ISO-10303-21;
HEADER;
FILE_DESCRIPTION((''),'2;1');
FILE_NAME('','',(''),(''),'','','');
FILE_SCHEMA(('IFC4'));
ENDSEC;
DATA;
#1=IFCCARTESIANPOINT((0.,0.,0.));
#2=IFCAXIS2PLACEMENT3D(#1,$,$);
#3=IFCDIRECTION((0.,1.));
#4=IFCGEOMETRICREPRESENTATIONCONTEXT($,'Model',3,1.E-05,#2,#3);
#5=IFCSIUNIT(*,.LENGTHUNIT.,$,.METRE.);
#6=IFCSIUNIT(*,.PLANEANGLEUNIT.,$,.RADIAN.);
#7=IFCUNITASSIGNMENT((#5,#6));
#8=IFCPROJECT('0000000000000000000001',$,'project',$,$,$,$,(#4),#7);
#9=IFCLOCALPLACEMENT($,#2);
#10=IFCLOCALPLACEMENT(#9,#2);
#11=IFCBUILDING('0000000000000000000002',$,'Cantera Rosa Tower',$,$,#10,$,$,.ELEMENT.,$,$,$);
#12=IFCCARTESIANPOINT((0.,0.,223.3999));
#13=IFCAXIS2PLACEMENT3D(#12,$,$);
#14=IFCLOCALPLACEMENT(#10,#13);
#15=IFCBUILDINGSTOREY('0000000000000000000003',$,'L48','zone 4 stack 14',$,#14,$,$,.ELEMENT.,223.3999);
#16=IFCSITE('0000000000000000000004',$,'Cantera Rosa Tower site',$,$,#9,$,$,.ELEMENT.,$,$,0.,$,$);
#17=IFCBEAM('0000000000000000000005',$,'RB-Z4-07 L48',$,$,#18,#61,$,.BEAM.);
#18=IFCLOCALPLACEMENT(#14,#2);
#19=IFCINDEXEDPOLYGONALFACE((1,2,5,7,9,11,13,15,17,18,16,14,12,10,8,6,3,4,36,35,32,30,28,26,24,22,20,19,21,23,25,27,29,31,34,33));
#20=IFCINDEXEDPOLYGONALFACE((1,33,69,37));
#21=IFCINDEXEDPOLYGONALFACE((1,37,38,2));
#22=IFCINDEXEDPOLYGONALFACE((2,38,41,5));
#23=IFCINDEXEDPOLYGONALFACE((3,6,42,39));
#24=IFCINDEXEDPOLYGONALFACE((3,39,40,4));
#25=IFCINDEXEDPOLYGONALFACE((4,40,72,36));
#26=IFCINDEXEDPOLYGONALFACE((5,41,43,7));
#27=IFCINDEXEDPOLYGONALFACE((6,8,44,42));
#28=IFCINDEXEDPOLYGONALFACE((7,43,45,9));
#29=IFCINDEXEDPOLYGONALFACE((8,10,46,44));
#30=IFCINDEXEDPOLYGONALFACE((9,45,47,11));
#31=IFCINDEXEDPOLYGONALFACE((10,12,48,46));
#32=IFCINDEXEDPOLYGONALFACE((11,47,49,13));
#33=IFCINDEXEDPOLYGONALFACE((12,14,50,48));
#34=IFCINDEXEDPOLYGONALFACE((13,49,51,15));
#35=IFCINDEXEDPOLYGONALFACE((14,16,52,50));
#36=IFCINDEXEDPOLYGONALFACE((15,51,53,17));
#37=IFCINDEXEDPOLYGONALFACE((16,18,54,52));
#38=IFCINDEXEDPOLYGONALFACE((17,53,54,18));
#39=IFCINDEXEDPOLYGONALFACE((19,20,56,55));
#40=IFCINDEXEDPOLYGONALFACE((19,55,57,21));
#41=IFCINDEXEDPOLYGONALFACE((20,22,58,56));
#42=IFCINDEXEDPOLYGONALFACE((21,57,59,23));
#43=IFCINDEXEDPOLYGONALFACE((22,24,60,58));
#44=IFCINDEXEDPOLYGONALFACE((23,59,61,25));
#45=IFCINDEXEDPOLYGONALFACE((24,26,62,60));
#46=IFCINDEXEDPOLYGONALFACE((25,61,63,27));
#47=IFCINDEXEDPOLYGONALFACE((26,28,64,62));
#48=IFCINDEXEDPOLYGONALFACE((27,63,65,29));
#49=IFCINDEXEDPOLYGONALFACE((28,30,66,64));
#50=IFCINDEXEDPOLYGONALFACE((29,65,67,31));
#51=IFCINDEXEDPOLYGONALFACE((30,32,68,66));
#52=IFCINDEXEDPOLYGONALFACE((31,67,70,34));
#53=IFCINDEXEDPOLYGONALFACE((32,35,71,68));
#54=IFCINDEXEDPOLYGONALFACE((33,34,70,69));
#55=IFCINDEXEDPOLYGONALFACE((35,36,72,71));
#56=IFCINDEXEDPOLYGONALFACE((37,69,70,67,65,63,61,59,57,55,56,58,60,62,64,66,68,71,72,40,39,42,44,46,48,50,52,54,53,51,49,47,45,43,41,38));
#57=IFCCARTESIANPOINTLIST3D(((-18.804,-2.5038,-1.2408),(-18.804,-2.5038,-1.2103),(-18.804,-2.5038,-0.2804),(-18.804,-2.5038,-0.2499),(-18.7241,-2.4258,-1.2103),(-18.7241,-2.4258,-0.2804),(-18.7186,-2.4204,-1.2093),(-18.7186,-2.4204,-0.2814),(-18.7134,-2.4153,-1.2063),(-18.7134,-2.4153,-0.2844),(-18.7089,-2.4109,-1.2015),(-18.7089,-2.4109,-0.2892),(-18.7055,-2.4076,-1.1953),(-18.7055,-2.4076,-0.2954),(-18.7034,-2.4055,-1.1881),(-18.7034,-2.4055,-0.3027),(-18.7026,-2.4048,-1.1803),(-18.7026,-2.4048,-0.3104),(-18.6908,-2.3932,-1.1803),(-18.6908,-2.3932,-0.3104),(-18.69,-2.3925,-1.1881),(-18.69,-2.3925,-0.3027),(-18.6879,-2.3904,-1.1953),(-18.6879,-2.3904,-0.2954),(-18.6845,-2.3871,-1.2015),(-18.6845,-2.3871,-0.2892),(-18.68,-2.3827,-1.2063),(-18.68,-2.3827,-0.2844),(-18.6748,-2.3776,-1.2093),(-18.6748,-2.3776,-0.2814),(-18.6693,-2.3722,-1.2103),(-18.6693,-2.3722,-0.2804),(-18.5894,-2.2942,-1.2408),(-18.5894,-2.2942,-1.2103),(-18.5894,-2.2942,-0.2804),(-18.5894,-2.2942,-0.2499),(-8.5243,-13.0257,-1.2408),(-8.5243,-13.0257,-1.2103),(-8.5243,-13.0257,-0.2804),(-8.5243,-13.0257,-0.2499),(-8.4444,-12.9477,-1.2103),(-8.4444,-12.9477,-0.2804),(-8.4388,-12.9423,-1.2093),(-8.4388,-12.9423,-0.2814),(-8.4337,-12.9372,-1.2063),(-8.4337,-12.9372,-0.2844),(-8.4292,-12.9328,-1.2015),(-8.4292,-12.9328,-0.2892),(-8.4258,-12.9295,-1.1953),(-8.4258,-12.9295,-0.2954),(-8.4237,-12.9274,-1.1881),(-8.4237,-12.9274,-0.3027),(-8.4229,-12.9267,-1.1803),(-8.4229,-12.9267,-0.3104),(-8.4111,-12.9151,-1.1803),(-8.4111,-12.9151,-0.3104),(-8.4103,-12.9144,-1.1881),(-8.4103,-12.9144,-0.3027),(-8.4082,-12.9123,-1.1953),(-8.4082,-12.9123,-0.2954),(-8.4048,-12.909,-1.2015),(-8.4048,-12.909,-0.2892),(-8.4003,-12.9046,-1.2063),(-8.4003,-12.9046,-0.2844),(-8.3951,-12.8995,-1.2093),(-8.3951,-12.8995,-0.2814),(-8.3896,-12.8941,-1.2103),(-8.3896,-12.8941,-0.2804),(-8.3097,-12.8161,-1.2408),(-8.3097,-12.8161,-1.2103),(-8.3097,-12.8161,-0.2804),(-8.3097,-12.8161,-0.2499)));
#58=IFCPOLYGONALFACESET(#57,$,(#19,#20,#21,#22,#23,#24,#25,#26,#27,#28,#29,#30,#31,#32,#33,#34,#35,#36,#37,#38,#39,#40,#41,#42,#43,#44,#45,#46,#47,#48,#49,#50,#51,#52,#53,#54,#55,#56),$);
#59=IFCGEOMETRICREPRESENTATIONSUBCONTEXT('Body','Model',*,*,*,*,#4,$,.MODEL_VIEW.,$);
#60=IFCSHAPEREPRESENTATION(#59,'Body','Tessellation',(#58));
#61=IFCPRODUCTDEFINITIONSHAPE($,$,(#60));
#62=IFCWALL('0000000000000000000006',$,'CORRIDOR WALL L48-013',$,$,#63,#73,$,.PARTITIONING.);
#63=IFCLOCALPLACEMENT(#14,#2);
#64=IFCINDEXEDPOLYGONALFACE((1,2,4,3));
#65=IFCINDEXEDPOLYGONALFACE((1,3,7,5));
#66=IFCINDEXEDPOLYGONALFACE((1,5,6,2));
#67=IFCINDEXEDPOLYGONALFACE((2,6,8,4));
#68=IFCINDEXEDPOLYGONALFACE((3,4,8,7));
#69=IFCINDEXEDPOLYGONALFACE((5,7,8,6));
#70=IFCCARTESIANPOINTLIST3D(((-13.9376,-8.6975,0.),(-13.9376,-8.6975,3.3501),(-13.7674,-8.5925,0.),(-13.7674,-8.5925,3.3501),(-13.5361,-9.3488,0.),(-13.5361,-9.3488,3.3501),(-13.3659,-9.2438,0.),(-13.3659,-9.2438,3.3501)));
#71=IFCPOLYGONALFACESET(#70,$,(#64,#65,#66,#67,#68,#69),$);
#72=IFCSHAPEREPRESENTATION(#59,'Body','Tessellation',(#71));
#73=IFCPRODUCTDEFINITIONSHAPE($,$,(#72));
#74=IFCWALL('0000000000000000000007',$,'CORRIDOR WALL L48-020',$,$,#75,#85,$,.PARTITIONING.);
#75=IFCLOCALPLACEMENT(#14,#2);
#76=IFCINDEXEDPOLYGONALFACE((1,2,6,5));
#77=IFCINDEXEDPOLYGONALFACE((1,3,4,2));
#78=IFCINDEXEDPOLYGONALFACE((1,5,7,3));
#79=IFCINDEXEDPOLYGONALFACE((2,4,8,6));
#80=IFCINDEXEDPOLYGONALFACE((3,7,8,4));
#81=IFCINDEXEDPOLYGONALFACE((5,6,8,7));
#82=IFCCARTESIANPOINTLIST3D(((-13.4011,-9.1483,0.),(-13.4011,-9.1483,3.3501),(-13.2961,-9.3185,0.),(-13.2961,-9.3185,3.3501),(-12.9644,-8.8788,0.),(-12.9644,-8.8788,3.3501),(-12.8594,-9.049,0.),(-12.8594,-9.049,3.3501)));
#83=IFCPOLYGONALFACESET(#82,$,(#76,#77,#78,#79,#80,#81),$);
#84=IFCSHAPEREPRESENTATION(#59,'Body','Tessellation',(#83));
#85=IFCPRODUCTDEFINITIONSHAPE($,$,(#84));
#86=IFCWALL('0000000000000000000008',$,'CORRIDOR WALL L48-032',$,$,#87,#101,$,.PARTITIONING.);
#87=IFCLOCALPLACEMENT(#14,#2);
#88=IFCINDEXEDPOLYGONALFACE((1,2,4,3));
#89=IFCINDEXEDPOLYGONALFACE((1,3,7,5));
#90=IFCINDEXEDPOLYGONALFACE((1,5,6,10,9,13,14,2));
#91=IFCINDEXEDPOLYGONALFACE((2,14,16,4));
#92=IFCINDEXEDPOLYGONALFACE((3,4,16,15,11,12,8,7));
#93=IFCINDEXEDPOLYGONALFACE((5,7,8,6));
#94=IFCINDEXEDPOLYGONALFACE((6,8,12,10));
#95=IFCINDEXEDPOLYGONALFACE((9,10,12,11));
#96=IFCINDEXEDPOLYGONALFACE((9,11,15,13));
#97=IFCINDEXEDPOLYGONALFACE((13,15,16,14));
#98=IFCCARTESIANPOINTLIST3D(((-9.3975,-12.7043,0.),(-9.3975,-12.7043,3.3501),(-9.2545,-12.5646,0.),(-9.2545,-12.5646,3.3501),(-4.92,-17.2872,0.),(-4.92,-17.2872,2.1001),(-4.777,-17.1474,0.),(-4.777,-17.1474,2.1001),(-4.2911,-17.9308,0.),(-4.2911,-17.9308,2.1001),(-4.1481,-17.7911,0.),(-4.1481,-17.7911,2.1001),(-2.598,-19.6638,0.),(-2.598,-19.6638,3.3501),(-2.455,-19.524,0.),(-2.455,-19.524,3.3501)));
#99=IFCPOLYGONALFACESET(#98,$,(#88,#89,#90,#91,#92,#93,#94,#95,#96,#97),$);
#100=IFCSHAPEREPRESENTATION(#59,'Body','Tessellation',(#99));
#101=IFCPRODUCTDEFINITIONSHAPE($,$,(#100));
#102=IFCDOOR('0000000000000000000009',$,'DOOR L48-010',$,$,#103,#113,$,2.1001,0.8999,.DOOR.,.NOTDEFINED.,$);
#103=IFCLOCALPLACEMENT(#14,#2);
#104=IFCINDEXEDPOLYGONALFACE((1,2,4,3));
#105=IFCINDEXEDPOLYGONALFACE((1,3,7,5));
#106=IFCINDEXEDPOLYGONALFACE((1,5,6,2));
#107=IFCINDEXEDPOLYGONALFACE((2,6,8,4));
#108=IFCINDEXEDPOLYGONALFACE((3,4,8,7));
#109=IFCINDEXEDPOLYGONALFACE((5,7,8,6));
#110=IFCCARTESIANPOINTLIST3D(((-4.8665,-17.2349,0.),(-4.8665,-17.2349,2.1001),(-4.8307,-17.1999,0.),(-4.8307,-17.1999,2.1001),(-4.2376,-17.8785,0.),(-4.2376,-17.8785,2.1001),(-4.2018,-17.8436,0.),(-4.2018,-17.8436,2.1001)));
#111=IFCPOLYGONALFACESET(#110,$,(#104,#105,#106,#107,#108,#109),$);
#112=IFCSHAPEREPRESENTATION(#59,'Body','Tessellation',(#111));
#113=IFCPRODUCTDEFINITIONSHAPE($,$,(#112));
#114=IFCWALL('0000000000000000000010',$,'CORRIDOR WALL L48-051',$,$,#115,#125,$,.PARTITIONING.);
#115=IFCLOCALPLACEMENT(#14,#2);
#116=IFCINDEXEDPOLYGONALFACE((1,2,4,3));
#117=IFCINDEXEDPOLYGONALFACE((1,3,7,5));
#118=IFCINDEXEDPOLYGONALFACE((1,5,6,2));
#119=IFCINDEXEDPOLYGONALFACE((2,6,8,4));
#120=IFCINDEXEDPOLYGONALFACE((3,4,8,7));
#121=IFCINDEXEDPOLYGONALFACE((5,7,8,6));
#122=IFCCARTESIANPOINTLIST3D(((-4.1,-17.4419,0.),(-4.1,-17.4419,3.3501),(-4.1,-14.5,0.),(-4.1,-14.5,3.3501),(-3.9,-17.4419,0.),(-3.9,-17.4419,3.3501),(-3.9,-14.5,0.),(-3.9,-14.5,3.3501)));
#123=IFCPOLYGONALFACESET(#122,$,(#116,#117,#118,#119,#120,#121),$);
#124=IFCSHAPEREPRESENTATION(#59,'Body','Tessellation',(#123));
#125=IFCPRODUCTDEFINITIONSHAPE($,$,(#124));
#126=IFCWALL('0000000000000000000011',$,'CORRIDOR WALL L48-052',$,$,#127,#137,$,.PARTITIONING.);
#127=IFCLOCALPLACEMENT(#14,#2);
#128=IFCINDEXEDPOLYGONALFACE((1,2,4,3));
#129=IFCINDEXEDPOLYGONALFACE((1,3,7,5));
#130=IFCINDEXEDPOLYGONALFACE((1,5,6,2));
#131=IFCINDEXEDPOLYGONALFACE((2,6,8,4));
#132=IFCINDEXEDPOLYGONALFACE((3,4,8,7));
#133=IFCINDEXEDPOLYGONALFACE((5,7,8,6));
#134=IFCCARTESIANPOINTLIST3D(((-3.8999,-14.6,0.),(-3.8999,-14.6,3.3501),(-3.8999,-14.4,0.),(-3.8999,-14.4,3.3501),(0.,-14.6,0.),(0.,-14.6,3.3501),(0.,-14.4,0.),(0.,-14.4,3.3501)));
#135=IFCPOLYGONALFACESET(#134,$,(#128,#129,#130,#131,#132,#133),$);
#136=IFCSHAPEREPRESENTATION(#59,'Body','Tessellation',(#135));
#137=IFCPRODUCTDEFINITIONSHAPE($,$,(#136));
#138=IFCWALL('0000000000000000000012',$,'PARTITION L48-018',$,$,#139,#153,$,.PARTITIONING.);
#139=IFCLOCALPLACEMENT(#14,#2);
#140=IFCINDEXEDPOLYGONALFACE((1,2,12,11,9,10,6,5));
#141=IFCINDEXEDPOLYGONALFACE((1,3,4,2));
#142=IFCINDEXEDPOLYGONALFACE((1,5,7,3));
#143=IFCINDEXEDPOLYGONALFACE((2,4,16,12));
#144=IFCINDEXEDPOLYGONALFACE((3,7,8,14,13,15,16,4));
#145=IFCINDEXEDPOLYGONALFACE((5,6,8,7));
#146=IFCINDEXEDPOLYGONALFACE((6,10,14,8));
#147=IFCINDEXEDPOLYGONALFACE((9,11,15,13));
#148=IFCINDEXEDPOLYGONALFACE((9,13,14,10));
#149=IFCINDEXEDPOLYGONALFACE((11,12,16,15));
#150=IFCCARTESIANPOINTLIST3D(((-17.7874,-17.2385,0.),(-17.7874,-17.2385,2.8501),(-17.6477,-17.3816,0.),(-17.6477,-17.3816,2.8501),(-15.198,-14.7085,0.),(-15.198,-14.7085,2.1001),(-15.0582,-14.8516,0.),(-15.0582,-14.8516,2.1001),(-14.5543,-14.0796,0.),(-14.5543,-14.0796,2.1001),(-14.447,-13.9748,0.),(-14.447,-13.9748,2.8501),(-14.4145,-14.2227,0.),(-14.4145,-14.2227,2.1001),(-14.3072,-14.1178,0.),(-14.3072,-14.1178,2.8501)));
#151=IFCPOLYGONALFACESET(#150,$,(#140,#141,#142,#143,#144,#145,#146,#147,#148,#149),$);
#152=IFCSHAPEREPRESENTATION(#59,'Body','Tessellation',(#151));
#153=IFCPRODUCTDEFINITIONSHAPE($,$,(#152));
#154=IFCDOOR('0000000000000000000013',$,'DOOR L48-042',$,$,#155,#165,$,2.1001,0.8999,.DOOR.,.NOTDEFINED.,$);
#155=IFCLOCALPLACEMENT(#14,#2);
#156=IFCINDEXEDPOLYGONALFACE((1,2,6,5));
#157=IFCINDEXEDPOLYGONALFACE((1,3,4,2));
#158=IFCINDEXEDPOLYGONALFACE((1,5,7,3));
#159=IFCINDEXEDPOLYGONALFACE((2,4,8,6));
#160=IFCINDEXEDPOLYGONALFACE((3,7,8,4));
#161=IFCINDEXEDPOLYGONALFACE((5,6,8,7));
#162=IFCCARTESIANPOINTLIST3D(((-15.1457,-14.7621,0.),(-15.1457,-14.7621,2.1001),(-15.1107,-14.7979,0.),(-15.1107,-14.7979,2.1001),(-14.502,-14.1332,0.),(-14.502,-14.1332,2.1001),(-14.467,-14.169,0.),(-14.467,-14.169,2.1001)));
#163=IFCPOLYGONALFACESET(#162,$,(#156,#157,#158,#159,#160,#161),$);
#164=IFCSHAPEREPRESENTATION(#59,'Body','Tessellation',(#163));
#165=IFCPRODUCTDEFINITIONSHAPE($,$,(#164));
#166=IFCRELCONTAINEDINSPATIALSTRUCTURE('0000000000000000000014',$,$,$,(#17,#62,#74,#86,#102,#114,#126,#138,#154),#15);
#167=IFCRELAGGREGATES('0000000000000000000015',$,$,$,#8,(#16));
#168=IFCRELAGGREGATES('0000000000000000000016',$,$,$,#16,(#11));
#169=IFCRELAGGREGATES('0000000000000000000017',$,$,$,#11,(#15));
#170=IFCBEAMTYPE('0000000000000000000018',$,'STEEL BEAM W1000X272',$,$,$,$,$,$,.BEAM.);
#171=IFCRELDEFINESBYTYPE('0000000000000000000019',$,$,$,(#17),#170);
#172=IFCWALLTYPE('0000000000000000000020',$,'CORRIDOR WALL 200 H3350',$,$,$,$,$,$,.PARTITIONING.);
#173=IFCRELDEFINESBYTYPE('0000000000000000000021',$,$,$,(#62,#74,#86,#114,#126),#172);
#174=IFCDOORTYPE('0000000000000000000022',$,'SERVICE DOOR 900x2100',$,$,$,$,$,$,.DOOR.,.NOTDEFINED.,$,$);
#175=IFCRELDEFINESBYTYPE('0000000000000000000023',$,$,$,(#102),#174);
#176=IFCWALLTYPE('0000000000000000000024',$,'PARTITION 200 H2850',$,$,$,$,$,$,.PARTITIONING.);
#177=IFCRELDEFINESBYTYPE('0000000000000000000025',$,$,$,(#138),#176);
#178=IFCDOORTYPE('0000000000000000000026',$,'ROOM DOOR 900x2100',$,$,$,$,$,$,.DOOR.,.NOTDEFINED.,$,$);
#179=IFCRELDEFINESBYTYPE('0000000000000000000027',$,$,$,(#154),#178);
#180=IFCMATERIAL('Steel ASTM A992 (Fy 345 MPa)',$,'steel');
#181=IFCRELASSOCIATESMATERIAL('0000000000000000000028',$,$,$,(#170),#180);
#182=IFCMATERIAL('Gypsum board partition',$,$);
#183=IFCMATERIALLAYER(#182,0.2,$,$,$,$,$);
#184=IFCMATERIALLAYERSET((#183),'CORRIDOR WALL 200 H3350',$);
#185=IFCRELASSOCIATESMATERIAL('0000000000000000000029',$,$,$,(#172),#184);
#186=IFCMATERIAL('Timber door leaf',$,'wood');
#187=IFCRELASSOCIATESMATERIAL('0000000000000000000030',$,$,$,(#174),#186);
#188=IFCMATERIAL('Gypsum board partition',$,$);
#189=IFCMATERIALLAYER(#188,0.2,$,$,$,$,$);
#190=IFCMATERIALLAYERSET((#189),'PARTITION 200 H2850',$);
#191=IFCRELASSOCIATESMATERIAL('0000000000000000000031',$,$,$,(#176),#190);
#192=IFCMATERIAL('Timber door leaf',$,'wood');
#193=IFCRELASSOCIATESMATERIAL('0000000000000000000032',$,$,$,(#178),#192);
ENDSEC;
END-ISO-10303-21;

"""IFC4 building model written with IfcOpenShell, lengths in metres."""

from ifc_helpers import new_model, si_unit, direction, frame, frame_2d, origin, origin_2d, place, context, subcontext, project, spatial, rectangle, i_section, extrude, material, layer, layer_set, material_profile, profile_set, type_object, element, fill, save


model = new_model("IFC4")

# Units and contexts
model_context = context("Model", 3, precision=1e-05, world=origin(), true_north=direction((0.0, 1.0)))
body_context = subcontext(model_context, "Body", "Model", "MODEL_VIEW")
ifc_project = project(units=[si_unit("LENGTHUNIT", "METRE"), si_unit("PLANEANGLEUNIT", "RADIAN")], contexts=[model_context])

# Site, building, storey
site_placement = place(None, origin())
site = spatial("IfcSite", under=ifc_project, at=site_placement, Name="Cantera Rosa Tower site", CompositionType="ELEMENT", RefElevation=0.0)
building_placement = place(site_placement, origin())
building = spatial("IfcBuilding", under=site, at=building_placement, Name="Cantera Rosa Tower", CompositionType="ELEMENT")
storey_placement = place(building_placement, frame((0.0, 0.0, 223.3999)))
storey = spatial("IfcBuildingStorey", under=building, at=storey_placement, Name="L48", Description="zone 4 stack 14", CompositionType="ELEMENT", Elevation=223.3999)

# Beam
ifc_material_1 = material(Name="Steel ASTM A992 (Fy 345 MPa)", Category="steel")
ifc_material_profile = material_profile(ifc_material_1, i_section(OverallWidth=0.3, OverallDepth=0.991, WebThickness=0.0166, FlangeThickness=0.0305, FilletRadius=0.03, at=origin_2d()), Name="W1000X272")
ifc_profile_set = profile_set([ifc_material_profile], Name="Steel ASTM A992 (Fy 345 MPa)")
beam_type = type_object("IfcBeamType", Name="STEEL BEAM W1000X272", PredefinedType="BEAM", material=ifc_profile_set)
beam_placement = place(storey_placement, frame((-8.417, -12.9209, -0.7454), z_axis=(-0.698827, 0.715291, 0.0), x_axis=(-0.715291, -0.698827, 0.0)))
element("IfcBeam", 1, at=beam_placement, inside=storey, type_object=beam_type, Name="RB-Z4-07 L48", PredefinedType="BEAM", context=body_context, shape_type="SweptSolid", body=[
    extrude(i_section(OverallWidth=0.3, OverallDepth=0.991, WebThickness=0.0166, FlangeThickness=0.0305, FilletRadius=0.03, at=origin_2d()), origin(), (0.0, 0.0, 1.0), 14.71),
])

# Walls
ifc_material_2 = material(Name="Gypsum board partition")
ifc_layer_1 = layer(ifc_material_2, 0.2)
ifc_layer_set_1 = layer_set([ifc_layer_1], Name="CORRIDOR WALL 200 H3350")
wall_type_1 = type_object("IfcWallType", Name="CORRIDOR WALL 200 H3350", PredefinedType="PARTITIONING", material=ifc_layer_set_1)
wall_1_placement = place(storey_placement, frame((-13.8525, -8.645, 0.0), z_axis=(0.0, 0.0, 1.0), x_axis=(0.524827, -0.851209, 0.0)))
element("IfcWall", 2, at=wall_1_placement, inside=storey, type_object=wall_type_1, Name="CORRIDOR WALL L48-013", PredefinedType="PARTITIONING", context=body_context, shape_type="SweptSolid", body=[
    extrude(rectangle(XDim=0.7651, YDim=0.2, at=frame_2d((0.3826, 0.0))), origin(), (0.0, 0.0, 1.0), 3.3501),
])
wall_2_placement = place(storey_placement, frame((-13.3486, -9.2334, 0.0), z_axis=(0.0, 0.0, 1.0), x_axis=(0.851004, 0.525159, 0.0)))
element("IfcWall", 3, at=wall_2_placement, inside=storey, type_object=wall_type_1, Name="CORRIDOR WALL L48-020", PredefinedType="PARTITIONING", context=body_context, shape_type="SweptSolid", body=[
    extrude(rectangle(XDim=0.5132, YDim=0.2, at=frame_2d((0.2566, 0.0))), origin(), (0.0, 0.0, 1.0), 3.3501),
])

# Wall, opening, door
wall_3_placement = place(storey_placement, frame((-9.3259, -12.6345, 0.0), z_axis=(0.0, 0.0, 1.0), x_axis=(0.698841, -0.715277, 0.0)))
wall_3 = element("IfcWall", 4, at=wall_3_placement, inside=storey, type_object=wall_type_1, Name="CORRIDOR WALL L48-032", PredefinedType="PARTITIONING", context=body_context, shape_type="SweptSolid", body=[
    extrude(rectangle(XDim=9.7297, YDim=0.2, at=frame_2d((4.8647, 0.0))), origin(), (0.0, 0.0, 1.0), 3.3501),
])
opening_1_placement = place(wall_3_placement, frame((6.407, 0.0, 0.0)))
opening_1 = element("IfcOpeningElement", 5, at=opening_1_placement, cuts=wall_3, PredefinedType="OPENING", context=body_context, shape_type="SweptSolid", body=[
    extrude(rectangle(XDim=0.8999, YDim=2.1001, at=frame_2d((0.45, 1.05))), frame((0.0, 0.1099, 0.0), z_axis=(0.0, -1.0, 0.0), x_axis=(1.0, 0.0, 0.0)), (0.0, 0.0, 1.0), 0.22),
])
ifc_material_3 = material(Name="Timber door leaf", Category="wood")
door_type_1 = type_object("IfcDoorType", Name="SERVICE DOOR 900x2100", OperationType="NOTDEFINED", PredefinedType="DOOR", material=ifc_material_3)
door_1_placement = place(opening_1_placement, origin())
door_1 = element("IfcDoor", 6, at=door_1_placement, inside=storey, type_object=door_type_1, Name="DOOR L48-010", OperationType="NOTDEFINED", OverallHeight=2.1001, OverallWidth=0.8999, PredefinedType="DOOR", context=body_context, shape_type="SweptSolid", body=[
    extrude(rectangle(XDim=0.8999, YDim=2.1001, at=frame_2d((0.45, 1.05))), frame((0.0, 0.0249, 0.0), z_axis=(0.0, -1.0, 0.0), x_axis=(1.0, 0.0, 0.0)), (0.0, 0.0, 1.0), 0.05),
])
fill(opening_1, door_1)

# Walls
wall_4_placement = place(storey_placement, frame((-4.0, -14.5, 0.0), z_axis=(0.0, 0.0, 1.0), x_axis=(0.0, -1.0, 0.0)))
element("IfcWall", 7, at=wall_4_placement, inside=storey, type_object=wall_type_1, Name="CORRIDOR WALL L48-051", PredefinedType="PARTITIONING", context=body_context, shape_type="SweptSolid", body=[
    extrude(rectangle(XDim=2.9419, YDim=0.2, at=frame_2d((1.4709, 0.0))), origin(), (0.0, 0.0, 1.0), 3.3501),
])
wall_5_placement = place(storey_placement, frame((-3.8999, -14.5, 0.0), z_axis=(0.0, 0.0, 1.0), x_axis=(1.0, 0.0, 0.0)))
element("IfcWall", 8, at=wall_5_placement, inside=storey, type_object=wall_type_1, Name="CORRIDOR WALL L48-052", PredefinedType="PARTITIONING", context=body_context, shape_type="SweptSolid", body=[
    extrude(rectangle(XDim=3.8999, YDim=0.2, at=frame_2d((1.95, 0.0))), origin(), (0.0, 0.0, 1.0), 3.3501),
])

# Wall, opening, door
ifc_material_4 = material(Name="Gypsum board partition")
ifc_layer_2 = layer(ifc_material_4, 0.2)
ifc_layer_set_2 = layer_set([ifc_layer_2], Name="PARTITION 200 H2850")
wall_type_2 = type_object("IfcWallType", Name="PARTITION 200 H2850", PredefinedType="PARTITIONING", material=ifc_layer_set_2)
wall_6_placement = place(storey_placement, frame((-14.3772, -14.0464, 0.0), z_axis=(0.0, 0.0, 1.0), x_axis=(-0.715267, -0.698852, 0.0)))
wall_6 = element("IfcWall", 9, at=wall_6_placement, inside=storey, type_object=wall_type_2, Name="PARTITION L48-018", PredefinedType="PARTITIONING", context=body_context, shape_type="SweptSolid", body=[
    extrude(rectangle(XDim=4.6702, YDim=0.2, at=frame_2d((2.335, 0.0))), origin(), (0.0, 0.0, 1.0), 2.8501),
])
opening_2_placement = place(wall_6_placement, frame((0.1499, 0.0, 0.0)))
opening_2 = element("IfcOpeningElement", 10, at=opening_2_placement, cuts=wall_6, PredefinedType="OPENING", context=body_context, shape_type="SweptSolid", body=[
    extrude(rectangle(XDim=0.8999, YDim=2.1001, at=frame_2d((0.45, 1.05))), frame((0.0, 0.1099, 0.0), z_axis=(0.0, -1.0, 0.0), x_axis=(1.0, 0.0, 0.0)), (0.0, 0.0, 1.0), 0.22),
])
ifc_material_5 = material(Name="Timber door leaf", Category="wood")
door_type_2 = type_object("IfcDoorType", Name="ROOM DOOR 900x2100", OperationType="NOTDEFINED", PredefinedType="DOOR", material=ifc_material_5)
door_2_placement = place(opening_2_placement, origin())
door_2 = element("IfcDoor", 11, at=door_2_placement, inside=storey, type_object=door_type_2, Name="DOOR L48-042", OperationType="NOTDEFINED", OverallHeight=2.1001, OverallWidth=0.8999, PredefinedType="DOOR", context=body_context, shape_type="SweptSolid", body=[
    extrude(rectangle(XDim=0.8999, YDim=2.1001, at=frame_2d((0.45, 1.05))), frame((0.0, 0.0249, 0.0), z_axis=(0.0, -1.0, 0.0), x_axis=(1.0, 0.0, 0.0)), (0.0, 0.0, 1.0), 0.05),
])
fill(opening_2, door_2)

save(model, "model.ifc")
